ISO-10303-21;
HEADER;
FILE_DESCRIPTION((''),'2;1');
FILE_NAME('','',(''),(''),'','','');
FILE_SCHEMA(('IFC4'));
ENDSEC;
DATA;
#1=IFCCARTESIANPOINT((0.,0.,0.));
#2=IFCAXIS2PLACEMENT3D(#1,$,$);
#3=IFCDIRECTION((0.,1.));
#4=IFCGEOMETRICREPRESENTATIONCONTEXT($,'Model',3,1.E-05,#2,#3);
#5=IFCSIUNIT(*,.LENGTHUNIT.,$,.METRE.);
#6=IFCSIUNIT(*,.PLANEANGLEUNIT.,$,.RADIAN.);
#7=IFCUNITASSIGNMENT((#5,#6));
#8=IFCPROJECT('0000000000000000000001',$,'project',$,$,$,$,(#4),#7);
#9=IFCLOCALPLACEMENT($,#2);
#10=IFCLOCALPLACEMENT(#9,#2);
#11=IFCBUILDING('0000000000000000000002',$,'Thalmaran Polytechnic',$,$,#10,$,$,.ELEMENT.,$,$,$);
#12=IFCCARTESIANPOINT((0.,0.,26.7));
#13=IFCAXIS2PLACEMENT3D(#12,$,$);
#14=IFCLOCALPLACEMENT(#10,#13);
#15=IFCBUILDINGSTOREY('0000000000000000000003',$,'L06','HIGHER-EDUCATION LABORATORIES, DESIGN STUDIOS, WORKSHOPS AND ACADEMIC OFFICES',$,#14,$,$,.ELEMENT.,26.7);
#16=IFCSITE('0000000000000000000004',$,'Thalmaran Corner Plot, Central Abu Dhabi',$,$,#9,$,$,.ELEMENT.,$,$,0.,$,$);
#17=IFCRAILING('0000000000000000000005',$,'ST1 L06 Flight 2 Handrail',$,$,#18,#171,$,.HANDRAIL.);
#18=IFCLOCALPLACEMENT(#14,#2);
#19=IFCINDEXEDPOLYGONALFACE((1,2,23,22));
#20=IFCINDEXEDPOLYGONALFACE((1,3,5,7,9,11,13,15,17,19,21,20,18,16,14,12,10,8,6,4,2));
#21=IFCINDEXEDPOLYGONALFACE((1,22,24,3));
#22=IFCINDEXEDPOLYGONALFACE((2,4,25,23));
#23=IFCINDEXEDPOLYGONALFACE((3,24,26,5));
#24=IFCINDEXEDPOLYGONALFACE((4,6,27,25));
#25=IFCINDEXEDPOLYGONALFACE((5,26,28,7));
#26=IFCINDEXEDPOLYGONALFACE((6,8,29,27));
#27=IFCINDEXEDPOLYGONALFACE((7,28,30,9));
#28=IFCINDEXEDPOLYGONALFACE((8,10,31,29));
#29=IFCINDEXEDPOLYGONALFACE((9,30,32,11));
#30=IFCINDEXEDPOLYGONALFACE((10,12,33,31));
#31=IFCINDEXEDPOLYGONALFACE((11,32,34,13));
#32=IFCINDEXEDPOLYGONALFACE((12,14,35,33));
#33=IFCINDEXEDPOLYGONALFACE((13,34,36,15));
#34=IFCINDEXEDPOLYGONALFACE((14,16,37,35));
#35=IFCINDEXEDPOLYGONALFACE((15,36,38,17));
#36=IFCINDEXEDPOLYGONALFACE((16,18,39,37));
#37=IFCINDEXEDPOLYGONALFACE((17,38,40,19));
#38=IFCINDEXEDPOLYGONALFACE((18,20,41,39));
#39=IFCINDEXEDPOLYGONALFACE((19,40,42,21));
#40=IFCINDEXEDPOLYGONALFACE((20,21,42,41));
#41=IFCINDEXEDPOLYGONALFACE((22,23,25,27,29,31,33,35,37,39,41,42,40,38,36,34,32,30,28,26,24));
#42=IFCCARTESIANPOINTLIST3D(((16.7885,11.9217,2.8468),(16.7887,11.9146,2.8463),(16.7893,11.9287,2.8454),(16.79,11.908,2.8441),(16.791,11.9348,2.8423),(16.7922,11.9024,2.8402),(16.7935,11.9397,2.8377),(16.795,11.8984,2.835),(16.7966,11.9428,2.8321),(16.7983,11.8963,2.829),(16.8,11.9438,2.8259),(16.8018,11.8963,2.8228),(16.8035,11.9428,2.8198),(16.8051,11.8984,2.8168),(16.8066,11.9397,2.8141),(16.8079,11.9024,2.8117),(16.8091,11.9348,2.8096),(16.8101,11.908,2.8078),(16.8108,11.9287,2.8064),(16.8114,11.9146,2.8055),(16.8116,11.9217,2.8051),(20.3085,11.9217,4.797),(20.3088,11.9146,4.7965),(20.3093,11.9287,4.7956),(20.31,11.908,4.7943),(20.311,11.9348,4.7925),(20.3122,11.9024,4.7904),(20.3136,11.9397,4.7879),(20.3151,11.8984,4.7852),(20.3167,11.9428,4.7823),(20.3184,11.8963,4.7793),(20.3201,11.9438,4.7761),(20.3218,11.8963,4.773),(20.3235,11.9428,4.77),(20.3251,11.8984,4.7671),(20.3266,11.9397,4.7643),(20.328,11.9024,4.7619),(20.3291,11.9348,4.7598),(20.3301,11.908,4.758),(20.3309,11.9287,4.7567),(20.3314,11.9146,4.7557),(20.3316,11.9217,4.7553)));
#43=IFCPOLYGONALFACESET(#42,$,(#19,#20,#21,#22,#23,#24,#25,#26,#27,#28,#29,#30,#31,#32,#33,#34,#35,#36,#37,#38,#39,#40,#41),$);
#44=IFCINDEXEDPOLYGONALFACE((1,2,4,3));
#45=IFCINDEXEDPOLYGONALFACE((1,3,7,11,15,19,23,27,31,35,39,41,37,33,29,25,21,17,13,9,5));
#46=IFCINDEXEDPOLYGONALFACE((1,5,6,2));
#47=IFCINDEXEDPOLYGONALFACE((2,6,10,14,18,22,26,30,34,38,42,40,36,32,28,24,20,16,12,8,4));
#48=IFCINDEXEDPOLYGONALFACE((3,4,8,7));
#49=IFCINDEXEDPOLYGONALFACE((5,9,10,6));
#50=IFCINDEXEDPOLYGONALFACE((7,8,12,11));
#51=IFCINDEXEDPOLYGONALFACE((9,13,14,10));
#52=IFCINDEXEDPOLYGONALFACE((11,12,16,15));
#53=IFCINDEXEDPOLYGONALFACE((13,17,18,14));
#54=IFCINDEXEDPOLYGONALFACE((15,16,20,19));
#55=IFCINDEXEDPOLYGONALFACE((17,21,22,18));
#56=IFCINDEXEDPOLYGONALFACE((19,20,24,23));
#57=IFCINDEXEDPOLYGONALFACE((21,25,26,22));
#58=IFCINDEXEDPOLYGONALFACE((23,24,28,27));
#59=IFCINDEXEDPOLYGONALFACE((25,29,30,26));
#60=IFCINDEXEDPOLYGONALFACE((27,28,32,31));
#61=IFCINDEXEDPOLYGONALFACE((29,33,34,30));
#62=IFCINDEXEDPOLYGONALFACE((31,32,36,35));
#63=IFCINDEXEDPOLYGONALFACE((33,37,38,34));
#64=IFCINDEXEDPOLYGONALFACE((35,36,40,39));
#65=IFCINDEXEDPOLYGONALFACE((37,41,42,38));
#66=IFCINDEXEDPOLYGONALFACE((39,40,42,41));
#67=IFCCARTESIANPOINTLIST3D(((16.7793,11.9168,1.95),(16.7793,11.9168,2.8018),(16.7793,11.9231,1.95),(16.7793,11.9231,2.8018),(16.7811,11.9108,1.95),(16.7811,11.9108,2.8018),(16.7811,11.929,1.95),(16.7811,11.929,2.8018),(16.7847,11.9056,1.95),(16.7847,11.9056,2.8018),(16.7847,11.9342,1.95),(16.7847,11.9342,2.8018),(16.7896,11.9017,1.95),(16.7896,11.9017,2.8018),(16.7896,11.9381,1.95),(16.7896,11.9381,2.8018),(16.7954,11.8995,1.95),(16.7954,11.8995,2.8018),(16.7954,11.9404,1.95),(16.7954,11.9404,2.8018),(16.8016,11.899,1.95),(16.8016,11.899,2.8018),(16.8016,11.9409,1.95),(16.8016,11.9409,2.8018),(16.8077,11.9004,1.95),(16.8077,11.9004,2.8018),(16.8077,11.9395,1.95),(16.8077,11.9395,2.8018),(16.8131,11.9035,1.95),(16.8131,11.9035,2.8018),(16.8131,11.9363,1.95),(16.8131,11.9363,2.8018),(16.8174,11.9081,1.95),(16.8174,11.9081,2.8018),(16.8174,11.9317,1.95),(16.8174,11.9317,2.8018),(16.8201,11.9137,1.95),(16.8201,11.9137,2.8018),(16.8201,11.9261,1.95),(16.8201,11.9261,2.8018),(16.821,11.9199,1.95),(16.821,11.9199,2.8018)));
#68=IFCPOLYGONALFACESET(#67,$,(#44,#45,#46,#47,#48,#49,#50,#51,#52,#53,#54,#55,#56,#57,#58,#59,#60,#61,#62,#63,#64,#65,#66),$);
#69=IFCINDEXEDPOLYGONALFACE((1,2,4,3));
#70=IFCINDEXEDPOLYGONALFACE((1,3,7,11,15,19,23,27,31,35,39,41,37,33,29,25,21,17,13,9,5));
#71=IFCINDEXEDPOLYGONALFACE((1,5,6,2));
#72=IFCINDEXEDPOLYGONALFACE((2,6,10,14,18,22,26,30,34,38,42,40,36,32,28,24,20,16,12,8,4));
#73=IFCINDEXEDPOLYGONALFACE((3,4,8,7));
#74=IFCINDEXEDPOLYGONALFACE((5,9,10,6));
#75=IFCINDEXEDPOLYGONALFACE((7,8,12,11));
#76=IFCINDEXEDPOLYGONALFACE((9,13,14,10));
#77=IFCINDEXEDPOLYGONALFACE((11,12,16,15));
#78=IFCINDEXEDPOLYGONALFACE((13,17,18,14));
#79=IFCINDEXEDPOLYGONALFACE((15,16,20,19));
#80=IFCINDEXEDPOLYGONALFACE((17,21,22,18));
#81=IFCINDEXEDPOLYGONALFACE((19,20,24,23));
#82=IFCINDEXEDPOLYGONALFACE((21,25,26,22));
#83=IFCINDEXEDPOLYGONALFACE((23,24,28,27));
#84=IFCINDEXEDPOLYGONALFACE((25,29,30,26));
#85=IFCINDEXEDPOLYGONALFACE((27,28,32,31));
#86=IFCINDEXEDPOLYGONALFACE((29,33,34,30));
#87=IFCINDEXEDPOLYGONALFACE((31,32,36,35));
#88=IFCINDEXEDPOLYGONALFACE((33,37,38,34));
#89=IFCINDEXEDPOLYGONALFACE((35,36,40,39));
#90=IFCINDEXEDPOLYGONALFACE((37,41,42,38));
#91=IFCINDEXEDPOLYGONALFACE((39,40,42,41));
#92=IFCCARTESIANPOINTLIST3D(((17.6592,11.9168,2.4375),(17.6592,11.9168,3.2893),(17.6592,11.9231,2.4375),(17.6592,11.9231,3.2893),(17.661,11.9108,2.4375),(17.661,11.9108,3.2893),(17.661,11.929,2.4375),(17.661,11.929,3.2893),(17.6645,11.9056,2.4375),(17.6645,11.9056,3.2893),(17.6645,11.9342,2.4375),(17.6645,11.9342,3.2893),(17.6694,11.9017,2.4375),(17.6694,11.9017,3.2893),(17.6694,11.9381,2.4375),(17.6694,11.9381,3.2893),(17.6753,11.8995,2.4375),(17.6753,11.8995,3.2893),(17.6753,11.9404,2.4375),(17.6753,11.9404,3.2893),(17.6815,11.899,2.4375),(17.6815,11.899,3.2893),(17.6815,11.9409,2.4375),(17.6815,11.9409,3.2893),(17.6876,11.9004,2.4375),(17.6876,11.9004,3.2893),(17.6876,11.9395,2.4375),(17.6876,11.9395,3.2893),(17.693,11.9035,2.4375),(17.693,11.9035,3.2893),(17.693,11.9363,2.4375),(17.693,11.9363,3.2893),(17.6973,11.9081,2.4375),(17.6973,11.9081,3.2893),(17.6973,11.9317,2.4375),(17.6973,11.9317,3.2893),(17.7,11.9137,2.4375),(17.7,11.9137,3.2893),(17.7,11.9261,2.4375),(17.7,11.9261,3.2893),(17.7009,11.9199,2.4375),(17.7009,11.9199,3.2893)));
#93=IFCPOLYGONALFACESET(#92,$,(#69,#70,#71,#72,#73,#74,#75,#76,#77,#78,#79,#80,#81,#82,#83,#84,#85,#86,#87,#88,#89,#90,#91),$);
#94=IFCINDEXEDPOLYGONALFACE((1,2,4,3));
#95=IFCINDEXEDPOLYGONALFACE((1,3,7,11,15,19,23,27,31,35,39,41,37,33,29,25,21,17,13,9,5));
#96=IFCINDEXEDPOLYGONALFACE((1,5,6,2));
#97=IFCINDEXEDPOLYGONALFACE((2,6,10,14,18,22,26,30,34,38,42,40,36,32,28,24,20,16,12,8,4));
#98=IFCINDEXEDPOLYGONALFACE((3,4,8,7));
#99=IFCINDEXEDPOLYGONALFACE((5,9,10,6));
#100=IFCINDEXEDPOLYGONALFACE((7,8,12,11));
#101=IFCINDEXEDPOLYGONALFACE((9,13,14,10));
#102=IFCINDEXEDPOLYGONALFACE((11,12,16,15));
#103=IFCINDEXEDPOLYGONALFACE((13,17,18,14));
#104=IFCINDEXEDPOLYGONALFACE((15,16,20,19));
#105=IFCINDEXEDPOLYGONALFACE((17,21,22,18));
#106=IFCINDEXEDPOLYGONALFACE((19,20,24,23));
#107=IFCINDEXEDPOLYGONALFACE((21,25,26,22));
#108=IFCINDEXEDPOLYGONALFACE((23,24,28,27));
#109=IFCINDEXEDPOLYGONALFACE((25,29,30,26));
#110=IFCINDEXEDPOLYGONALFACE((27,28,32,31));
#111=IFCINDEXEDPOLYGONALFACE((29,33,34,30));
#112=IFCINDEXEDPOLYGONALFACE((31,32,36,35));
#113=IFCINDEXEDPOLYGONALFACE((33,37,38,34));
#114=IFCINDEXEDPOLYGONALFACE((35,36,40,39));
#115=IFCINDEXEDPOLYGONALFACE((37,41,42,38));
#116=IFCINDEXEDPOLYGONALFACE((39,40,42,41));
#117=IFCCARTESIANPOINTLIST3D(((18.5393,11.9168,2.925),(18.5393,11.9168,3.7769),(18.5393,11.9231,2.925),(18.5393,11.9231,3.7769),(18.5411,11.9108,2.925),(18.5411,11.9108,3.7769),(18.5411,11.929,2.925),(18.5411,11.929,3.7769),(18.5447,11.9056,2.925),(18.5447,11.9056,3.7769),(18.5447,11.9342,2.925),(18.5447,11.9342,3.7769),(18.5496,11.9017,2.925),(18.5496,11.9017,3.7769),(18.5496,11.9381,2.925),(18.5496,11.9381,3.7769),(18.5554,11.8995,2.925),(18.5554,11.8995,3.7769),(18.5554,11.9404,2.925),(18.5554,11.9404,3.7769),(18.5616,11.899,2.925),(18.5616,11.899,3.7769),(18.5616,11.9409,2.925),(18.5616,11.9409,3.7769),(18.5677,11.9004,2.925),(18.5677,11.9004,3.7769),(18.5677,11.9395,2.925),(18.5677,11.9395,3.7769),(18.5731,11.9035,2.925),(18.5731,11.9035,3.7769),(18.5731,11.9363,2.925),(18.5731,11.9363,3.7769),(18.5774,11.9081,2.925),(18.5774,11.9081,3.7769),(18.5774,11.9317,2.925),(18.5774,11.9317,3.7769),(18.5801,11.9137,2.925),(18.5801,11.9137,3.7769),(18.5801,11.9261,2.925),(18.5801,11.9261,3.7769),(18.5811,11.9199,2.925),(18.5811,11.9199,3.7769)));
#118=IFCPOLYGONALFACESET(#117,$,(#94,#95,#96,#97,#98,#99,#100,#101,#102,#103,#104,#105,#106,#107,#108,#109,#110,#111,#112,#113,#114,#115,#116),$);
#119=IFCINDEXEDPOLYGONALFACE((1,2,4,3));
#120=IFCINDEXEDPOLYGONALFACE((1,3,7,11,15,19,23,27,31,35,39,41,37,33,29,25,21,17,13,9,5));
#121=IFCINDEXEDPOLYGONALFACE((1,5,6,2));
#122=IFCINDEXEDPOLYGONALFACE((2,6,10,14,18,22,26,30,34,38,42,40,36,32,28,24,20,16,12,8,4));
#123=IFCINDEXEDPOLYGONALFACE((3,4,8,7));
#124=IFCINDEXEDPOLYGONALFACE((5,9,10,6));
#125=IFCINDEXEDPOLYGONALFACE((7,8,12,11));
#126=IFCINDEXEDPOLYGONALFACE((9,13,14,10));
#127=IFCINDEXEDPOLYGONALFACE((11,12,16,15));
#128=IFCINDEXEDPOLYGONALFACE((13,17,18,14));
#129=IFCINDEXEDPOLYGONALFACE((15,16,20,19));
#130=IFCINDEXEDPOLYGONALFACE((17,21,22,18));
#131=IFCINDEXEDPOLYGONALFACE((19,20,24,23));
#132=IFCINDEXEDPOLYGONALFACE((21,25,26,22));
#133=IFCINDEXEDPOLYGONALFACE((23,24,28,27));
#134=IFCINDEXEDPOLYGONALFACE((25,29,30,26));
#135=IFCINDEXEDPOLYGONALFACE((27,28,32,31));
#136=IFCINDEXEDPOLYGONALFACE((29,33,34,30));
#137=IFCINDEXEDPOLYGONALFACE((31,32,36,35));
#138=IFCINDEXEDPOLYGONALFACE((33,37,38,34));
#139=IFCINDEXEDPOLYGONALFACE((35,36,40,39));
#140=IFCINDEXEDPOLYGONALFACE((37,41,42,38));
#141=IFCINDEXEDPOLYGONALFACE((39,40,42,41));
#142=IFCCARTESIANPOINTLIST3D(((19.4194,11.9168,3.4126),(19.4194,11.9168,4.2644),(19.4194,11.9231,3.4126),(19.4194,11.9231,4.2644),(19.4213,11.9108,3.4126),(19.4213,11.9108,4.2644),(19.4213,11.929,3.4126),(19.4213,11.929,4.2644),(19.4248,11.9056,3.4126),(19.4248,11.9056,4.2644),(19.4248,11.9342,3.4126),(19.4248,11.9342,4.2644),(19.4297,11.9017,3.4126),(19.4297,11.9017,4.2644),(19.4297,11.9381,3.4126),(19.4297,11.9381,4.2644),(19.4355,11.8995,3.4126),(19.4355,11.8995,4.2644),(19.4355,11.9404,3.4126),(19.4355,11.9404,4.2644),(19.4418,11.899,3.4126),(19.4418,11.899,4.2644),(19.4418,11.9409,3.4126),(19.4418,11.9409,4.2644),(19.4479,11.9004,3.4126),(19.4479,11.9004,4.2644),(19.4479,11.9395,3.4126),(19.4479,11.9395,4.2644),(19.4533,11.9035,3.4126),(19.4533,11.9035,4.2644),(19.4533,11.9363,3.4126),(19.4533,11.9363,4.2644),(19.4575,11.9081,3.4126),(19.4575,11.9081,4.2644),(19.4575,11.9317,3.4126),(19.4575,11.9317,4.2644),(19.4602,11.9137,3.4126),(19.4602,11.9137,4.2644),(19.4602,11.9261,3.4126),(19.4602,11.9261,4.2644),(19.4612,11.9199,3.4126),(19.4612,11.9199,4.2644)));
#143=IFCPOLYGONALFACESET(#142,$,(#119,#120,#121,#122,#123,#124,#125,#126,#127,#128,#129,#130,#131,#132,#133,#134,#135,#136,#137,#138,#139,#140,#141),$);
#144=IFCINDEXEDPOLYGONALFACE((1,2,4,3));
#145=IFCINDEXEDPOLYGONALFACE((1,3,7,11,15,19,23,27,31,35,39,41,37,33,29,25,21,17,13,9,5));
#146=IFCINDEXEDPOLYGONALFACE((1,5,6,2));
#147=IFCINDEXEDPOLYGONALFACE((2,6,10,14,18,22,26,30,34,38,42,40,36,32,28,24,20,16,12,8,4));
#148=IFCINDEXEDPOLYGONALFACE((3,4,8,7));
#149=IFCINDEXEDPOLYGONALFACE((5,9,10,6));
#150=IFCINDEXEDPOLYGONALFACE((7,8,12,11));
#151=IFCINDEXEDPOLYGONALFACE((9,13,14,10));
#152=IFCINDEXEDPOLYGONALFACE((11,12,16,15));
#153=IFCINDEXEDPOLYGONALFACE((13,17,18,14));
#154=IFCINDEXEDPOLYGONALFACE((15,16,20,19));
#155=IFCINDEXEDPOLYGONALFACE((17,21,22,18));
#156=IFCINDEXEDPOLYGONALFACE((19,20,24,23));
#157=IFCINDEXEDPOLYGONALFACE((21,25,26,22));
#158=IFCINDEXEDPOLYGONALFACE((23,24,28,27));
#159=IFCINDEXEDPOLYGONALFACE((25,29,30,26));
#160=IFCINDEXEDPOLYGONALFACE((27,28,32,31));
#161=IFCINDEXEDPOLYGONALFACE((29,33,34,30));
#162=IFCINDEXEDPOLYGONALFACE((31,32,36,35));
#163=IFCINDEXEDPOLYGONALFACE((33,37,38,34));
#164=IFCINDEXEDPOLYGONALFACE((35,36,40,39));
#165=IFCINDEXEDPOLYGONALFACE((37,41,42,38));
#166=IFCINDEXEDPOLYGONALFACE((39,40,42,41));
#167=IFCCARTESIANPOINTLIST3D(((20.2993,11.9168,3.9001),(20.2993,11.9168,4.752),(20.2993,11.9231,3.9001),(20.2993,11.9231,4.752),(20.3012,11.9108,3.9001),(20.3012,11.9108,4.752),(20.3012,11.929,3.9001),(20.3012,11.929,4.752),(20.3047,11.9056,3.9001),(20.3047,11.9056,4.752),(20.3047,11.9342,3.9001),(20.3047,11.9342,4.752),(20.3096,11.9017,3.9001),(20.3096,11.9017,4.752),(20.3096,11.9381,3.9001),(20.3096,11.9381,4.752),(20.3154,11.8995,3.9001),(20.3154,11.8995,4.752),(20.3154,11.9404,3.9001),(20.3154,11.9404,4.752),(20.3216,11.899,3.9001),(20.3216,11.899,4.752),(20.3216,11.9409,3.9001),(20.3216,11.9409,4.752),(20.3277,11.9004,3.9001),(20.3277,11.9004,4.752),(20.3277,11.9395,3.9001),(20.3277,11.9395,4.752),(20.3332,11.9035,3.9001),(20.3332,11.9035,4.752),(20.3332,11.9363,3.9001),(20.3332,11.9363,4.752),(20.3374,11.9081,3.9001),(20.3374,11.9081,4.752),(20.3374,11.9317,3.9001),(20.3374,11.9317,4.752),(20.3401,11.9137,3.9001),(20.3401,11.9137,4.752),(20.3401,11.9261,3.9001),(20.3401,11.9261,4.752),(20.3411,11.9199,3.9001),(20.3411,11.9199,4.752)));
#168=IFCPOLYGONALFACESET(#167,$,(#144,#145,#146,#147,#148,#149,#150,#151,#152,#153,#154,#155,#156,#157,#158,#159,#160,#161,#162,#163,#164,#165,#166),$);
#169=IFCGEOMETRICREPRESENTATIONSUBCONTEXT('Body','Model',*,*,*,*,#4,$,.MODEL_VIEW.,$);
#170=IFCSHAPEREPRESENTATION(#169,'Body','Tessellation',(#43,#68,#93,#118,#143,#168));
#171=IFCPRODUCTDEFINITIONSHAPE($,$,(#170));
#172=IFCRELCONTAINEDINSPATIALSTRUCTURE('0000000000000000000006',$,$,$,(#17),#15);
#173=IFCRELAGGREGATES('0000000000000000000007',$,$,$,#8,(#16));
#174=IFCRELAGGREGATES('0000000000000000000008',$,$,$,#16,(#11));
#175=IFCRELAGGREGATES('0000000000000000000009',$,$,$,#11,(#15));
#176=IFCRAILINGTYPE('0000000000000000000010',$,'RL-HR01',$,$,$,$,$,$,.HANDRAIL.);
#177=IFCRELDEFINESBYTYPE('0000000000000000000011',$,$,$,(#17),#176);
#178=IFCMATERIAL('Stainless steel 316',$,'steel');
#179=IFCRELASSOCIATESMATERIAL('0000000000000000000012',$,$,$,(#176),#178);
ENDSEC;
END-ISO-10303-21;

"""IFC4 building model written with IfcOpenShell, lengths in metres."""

from ifc_helpers import new_model, si_unit, direction, frame, origin, origin_2d, place, context, subcontext, project, spatial, circle, extrude, material, type_object, element, save


model = new_model("IFC4")

# Units and contexts
model_context = context("Model", 3, precision=1e-05, world=origin(), true_north=direction((0.0, 1.0)))
body_context = subcontext(model_context, "Body", "Model", "MODEL_VIEW")
ifc_project = project(units=[si_unit("LENGTHUNIT", "METRE"), si_unit("PLANEANGLEUNIT", "RADIAN")], contexts=[model_context])

# Site, building, storey
site_placement = place(None, origin())
site = spatial("IfcSite", under=ifc_project, at=site_placement, Name="Thalmaran Corner Plot, Central Abu Dhabi", CompositionType="ELEMENT", RefElevation=0.0)
building_placement = place(site_placement, origin())
building = spatial("IfcBuilding", under=site, at=building_placement, Name="Thalmaran Polytechnic", CompositionType="ELEMENT")
storey_placement = place(building_placement, frame((0.0, 0.0, 26.7)))
storey = spatial("IfcBuildingStorey", under=building, at=storey_placement, Name="L06", Description="HIGHER-EDUCATION LABORATORIES, DESIGN STUDIOS, WORKSHOPS AND ACADEMIC OFFICES", CompositionType="ELEMENT", Elevation=26.7)

# Railing
ifc_material_1 = material(Name="Stainless steel 316", Category="steel")
railing_type_1 = type_object("IfcRailingType", Name="RL-HR01", PredefinedType="HANDRAIL", material=ifc_material_1)
railing_1_placement = place(storey_placement, frame((16.8, 11.9199, 1.95)))
element("IfcRailing", 1, at=railing_1_placement, inside=storey, type_object=railing_type_1, Name="ST1 L06 Flight 2 Handrail", PredefinedType="HANDRAIL", context=body_context, shape_type="SweptSolid", body=[
    extrude(circle(Radius=0.0239, at=origin_2d()), frame((0.0, 0.0, 0.876), z_axis=(0.874723, 0.0, 0.484623), x_axis=(0.0, 1.0, 0.0)), (0.0, 0.0, 1.0), 4.0242),
    extrude(circle(Radius=0.021, at=origin_2d()), origin(), (0.0, 0.0, 1.0), 0.8518),
    extrude(circle(Radius=0.021, at=origin_2d()), frame((0.8799, 0.0, 0.4875)), (0.0, 0.0, 1.0), 0.8518),
    extrude(circle(Radius=0.021, at=origin_2d()), frame((1.76, 0.0, 0.9751)), (0.0, 0.0, 1.0), 0.8518),
    extrude(circle(Radius=0.021, at=origin_2d()), frame((2.6401, 0.0, 1.4626)), (0.0, 0.0, 1.0), 0.8518),
    extrude(circle(Radius=0.021, at=origin_2d()), frame((3.52, 0.0, 1.9502)), (0.0, 0.0, 1.0), 0.8518),
])

save(model, "model.ifc")
